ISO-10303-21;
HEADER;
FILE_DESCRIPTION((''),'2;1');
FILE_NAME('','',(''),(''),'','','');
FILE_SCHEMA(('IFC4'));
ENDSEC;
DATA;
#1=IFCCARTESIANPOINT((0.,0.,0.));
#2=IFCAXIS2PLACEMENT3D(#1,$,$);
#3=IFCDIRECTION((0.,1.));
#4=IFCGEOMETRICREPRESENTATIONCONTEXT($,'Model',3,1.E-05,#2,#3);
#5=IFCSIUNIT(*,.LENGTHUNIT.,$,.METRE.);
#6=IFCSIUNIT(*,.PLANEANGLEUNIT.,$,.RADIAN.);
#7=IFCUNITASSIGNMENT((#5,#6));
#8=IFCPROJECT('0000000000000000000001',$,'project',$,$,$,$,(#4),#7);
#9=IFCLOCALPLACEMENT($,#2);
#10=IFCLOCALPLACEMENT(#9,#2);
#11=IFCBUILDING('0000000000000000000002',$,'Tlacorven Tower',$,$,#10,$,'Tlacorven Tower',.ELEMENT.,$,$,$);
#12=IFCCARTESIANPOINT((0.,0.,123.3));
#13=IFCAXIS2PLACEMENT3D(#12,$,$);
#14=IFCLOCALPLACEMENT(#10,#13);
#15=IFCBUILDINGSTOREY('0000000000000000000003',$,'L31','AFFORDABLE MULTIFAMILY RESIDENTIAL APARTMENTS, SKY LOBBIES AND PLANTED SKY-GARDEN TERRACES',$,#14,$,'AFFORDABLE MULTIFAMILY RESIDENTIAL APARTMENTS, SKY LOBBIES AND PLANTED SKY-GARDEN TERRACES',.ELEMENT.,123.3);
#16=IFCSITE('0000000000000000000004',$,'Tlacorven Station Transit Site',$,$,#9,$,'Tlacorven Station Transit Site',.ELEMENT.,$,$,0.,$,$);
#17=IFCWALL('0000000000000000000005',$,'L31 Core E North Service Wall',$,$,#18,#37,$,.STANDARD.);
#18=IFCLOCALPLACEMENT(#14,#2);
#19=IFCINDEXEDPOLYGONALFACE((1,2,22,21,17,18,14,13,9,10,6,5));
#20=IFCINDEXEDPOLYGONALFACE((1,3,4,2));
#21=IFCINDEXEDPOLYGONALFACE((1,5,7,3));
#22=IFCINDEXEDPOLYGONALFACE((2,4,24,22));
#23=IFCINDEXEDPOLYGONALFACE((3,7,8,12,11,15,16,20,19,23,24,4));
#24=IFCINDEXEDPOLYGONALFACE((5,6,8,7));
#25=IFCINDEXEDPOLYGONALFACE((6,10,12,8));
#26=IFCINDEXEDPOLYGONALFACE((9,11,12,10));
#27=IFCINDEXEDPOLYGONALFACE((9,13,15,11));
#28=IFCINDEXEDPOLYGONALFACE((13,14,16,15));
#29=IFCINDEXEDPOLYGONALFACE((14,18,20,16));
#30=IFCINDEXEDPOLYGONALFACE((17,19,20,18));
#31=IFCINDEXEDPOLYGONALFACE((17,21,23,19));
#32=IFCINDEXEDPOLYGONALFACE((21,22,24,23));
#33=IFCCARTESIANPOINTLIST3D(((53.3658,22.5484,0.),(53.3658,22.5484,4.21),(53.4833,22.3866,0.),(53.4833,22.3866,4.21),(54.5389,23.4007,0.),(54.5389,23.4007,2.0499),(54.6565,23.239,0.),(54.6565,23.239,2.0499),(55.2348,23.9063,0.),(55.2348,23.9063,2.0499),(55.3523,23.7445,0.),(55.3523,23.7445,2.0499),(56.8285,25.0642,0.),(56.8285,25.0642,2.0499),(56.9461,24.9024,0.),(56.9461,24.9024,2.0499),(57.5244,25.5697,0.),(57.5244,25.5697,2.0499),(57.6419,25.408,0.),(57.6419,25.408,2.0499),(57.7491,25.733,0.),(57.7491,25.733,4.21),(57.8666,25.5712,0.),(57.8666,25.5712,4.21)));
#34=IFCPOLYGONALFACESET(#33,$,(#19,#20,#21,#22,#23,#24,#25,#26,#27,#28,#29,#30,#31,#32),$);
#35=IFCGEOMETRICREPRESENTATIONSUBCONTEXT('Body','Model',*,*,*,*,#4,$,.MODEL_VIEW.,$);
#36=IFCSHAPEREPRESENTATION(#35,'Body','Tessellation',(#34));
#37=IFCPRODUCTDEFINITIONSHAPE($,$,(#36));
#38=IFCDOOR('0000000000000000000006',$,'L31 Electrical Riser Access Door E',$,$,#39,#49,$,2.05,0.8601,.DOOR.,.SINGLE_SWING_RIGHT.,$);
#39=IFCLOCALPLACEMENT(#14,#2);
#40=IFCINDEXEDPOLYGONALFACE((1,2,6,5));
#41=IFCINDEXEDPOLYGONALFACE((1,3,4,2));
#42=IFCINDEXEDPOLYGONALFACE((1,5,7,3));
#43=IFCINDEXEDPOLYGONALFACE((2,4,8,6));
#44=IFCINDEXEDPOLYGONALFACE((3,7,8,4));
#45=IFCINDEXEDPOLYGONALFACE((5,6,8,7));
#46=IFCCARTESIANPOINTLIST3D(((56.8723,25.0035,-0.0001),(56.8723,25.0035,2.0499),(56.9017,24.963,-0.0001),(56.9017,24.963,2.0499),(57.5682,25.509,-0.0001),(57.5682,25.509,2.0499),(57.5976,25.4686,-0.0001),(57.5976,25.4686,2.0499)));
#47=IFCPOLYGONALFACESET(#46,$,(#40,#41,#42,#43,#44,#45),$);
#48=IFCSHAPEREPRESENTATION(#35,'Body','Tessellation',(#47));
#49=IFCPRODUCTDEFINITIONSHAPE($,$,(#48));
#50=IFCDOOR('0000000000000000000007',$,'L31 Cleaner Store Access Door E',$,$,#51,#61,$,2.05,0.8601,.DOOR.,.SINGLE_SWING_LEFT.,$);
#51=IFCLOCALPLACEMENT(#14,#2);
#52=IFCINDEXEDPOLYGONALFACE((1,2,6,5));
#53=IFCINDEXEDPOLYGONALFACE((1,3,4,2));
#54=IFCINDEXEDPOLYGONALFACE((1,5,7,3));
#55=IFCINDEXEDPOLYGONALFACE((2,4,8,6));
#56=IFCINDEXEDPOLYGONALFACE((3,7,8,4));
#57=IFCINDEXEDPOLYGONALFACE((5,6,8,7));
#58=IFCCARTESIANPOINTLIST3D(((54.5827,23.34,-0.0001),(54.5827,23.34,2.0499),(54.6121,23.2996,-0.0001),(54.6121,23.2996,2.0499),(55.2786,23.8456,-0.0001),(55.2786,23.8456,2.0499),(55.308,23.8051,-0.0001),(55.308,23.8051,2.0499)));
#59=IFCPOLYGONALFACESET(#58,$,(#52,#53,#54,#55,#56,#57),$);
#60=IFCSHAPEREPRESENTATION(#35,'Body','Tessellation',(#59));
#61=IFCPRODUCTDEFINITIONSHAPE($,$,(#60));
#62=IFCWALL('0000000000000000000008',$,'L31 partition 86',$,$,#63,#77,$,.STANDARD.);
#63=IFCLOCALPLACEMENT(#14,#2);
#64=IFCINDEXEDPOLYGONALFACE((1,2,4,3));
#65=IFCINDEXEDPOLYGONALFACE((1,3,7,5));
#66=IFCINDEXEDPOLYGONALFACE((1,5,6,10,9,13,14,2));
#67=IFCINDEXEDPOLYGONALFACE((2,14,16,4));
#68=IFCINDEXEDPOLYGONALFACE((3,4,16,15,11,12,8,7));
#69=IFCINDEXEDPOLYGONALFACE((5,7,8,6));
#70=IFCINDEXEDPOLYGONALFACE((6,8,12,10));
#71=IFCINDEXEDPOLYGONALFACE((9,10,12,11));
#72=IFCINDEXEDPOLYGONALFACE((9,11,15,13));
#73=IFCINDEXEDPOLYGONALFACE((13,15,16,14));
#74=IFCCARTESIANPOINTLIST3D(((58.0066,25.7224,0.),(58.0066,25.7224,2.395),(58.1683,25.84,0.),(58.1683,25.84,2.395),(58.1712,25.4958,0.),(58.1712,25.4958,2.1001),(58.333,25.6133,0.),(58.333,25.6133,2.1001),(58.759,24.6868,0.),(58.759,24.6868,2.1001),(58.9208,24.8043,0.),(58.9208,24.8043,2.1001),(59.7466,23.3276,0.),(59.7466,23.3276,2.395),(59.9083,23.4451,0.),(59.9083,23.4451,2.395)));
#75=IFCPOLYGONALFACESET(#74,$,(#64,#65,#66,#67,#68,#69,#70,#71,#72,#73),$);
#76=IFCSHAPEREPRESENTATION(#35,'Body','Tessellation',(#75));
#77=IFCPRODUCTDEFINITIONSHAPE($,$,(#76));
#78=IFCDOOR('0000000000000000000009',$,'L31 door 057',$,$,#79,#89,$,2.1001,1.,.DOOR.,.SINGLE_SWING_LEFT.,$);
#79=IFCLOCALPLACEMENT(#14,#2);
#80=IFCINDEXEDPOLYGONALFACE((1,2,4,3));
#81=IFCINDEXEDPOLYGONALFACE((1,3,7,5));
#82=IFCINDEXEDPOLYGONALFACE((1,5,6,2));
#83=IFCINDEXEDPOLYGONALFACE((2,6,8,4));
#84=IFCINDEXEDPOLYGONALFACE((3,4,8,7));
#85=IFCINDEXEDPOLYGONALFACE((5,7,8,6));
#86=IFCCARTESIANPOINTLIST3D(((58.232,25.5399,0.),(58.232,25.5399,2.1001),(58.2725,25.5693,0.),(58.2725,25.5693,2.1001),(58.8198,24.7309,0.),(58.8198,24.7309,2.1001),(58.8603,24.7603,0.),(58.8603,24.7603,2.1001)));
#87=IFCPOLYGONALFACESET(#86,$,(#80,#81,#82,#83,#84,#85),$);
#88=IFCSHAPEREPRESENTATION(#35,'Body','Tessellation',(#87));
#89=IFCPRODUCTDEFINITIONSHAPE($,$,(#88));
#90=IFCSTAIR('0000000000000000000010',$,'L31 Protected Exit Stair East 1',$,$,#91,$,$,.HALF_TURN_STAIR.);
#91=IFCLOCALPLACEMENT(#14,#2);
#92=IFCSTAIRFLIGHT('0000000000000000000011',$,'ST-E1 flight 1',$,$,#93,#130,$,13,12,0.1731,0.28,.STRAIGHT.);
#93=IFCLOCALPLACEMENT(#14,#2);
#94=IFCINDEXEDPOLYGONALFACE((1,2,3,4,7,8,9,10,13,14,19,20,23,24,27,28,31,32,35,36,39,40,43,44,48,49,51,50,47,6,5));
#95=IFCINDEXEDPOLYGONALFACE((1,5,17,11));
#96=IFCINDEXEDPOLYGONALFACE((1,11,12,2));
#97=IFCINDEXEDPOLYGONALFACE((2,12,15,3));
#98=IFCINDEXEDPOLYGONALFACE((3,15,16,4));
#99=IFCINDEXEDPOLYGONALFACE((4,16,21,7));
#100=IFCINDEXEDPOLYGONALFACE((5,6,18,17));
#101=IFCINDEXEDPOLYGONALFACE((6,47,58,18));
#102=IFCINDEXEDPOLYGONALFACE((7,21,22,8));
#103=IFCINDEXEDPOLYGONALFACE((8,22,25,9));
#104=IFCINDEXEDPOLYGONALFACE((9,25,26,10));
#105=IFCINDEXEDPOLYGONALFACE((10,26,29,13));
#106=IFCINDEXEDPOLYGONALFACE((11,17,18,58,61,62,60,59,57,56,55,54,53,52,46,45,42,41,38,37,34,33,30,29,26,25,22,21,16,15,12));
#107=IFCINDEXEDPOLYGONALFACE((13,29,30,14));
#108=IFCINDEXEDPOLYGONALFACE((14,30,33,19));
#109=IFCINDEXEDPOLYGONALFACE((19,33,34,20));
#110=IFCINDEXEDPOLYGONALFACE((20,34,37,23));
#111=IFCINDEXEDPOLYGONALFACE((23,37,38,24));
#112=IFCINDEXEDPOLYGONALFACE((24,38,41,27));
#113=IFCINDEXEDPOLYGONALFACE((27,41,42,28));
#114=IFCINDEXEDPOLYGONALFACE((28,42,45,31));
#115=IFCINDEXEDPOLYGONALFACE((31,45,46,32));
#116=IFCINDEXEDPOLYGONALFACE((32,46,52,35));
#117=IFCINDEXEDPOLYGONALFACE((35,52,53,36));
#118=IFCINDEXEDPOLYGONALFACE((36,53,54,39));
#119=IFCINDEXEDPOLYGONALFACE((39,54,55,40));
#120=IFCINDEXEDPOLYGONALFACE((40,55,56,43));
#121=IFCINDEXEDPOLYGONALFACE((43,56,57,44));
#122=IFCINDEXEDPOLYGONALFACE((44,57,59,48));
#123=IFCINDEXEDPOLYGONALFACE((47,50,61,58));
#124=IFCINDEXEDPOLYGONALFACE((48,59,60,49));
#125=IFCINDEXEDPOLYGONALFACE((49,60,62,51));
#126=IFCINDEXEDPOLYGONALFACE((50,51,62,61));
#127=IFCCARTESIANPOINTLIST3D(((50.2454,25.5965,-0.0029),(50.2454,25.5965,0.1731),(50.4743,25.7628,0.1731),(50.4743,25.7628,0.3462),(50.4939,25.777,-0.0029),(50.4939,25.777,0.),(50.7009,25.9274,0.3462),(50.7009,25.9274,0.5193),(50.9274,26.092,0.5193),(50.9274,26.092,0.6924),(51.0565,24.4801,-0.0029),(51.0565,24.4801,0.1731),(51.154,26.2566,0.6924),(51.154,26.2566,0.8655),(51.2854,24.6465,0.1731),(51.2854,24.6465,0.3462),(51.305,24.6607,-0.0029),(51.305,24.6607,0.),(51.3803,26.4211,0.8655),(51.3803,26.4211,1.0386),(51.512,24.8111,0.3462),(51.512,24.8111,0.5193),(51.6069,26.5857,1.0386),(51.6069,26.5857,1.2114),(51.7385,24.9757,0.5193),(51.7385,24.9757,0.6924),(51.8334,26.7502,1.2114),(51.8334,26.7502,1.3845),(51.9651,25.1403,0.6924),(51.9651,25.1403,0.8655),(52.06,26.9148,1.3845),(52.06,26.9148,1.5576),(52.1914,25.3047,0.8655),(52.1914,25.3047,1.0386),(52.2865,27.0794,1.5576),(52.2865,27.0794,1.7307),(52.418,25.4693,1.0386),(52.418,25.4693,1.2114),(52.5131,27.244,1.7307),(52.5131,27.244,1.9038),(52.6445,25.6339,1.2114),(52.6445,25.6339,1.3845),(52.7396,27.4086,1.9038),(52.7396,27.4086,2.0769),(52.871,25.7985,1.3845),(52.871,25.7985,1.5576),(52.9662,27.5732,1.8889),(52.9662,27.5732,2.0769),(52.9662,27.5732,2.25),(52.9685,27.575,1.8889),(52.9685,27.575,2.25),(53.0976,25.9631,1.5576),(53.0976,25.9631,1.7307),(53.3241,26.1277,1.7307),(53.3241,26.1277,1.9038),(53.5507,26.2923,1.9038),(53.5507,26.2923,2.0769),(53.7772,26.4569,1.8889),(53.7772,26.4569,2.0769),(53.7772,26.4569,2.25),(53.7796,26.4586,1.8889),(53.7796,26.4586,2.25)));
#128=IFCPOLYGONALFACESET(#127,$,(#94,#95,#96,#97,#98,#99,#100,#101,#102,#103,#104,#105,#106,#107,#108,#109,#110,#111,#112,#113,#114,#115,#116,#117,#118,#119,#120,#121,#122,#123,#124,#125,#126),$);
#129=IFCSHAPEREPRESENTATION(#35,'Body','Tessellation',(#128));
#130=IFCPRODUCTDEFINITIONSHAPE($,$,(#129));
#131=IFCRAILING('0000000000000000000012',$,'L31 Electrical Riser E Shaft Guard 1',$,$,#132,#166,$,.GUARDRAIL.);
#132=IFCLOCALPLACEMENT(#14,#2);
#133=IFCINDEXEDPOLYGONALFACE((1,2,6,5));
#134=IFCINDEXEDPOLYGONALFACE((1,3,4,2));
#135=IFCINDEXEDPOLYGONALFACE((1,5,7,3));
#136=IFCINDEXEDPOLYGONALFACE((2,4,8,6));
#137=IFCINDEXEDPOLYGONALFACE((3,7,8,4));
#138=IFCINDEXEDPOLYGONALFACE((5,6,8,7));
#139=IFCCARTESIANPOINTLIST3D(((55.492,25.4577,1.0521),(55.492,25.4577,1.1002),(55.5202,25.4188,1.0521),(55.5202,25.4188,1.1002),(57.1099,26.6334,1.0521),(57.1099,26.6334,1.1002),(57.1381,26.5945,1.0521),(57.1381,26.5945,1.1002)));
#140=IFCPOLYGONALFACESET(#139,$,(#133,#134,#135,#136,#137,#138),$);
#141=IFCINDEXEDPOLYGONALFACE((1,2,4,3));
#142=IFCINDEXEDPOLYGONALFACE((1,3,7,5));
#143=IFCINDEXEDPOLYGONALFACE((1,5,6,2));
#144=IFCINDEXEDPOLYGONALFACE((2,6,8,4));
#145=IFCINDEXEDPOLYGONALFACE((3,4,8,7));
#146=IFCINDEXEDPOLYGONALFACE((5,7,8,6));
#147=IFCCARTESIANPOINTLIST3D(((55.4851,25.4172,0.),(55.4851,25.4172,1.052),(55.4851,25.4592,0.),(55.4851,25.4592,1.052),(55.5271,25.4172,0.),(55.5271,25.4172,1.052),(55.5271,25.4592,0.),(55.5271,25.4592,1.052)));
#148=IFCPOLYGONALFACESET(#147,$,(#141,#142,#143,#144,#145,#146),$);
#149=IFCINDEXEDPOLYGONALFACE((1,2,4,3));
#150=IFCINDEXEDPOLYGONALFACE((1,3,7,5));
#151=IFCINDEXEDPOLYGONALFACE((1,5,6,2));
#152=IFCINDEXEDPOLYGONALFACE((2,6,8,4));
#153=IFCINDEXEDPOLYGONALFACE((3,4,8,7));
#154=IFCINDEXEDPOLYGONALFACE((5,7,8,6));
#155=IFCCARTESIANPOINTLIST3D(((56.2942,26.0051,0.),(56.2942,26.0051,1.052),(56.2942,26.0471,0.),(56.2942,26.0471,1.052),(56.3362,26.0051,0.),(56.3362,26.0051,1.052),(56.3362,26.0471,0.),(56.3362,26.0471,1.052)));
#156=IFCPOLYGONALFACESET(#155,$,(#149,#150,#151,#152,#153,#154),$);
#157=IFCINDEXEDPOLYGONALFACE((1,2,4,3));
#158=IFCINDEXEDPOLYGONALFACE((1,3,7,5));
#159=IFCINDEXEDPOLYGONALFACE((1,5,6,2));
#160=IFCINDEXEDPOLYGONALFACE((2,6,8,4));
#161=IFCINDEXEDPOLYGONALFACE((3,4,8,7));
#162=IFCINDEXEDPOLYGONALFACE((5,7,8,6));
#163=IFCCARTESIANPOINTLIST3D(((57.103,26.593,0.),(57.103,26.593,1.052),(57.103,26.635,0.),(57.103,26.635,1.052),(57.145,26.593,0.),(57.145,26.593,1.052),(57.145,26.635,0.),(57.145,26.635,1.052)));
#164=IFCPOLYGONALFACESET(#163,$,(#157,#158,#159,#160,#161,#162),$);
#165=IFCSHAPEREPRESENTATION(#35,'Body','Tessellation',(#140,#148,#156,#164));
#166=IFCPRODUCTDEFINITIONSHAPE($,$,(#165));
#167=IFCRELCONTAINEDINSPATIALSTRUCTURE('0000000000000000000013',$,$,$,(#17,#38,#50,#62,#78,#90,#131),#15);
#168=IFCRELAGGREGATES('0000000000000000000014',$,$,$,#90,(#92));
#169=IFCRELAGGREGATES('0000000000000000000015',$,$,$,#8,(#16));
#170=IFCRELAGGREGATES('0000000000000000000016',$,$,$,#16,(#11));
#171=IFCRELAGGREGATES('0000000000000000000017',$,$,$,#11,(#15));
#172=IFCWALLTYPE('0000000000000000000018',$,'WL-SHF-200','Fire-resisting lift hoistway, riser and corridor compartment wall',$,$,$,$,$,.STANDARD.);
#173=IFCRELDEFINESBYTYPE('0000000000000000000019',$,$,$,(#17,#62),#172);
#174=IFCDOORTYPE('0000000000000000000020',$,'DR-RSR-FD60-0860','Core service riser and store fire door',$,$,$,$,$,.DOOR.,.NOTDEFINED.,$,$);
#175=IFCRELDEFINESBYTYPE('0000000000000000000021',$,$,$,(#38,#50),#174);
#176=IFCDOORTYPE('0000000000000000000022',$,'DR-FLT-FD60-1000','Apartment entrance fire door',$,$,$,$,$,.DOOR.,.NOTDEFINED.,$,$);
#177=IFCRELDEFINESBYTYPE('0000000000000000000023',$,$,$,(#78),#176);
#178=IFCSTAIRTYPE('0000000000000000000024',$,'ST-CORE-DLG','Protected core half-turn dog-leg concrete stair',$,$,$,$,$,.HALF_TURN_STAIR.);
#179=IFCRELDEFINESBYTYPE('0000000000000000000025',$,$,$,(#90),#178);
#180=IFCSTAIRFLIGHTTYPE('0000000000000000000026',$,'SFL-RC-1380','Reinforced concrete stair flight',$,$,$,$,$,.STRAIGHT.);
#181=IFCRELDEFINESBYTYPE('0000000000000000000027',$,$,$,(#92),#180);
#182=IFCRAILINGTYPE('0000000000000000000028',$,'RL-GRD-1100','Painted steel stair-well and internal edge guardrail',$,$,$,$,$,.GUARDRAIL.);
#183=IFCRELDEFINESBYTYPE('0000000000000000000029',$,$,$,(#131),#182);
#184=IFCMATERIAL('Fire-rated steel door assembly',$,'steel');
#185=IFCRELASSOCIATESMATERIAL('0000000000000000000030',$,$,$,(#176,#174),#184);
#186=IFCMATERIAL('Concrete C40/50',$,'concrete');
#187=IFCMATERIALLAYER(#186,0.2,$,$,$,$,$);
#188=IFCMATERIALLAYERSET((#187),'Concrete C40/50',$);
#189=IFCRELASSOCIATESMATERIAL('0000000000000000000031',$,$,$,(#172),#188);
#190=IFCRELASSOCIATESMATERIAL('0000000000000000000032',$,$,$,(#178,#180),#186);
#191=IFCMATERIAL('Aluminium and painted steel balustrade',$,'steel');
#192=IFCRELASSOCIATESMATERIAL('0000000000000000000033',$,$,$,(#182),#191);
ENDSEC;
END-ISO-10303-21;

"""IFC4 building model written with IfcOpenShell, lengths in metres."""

from ifc_helpers import new_model, si_unit, direction, frame, frame_2d, origin, origin_2d, place, context, subcontext, project, spatial, polyline, rectangle, outline, extrude, source, transform, mapped, material, layer, layer_set, type_object, element, fill, aggregate, save


model = new_model("IFC4")

# Units and contexts
model_context = context("Model", 3, precision=1e-05, world=origin(), true_north=direction((0.0, 1.0)))
body_context = subcontext(model_context, "Body", "Model", "MODEL_VIEW")
ifc_project = project(units=[si_unit("LENGTHUNIT", "METRE"), si_unit("PLANEANGLEUNIT", "RADIAN")], contexts=[model_context])

# Site, building, storey
site_placement = place(None, origin())
site = spatial("IfcSite", under=ifc_project, at=site_placement, Name="Tlacorven Station Transit Site", LongName="Tlacorven Station Transit Site", CompositionType="ELEMENT", RefElevation=0.0)
building_placement = place(site_placement, origin())
building = spatial("IfcBuilding", under=site, at=building_placement, Name="Tlacorven Tower", LongName="Tlacorven Tower", CompositionType="ELEMENT")
storey_placement = place(building_placement, frame((0.0, 0.0, 123.3)))
storey = spatial("IfcBuildingStorey", under=building, at=storey_placement, Name="L31", Description="AFFORDABLE MULTIFAMILY RESIDENTIAL APARTMENTS, SKY LOBBIES AND PLANTED SKY-GARDEN TERRACES", LongName="AFFORDABLE MULTIFAMILY RESIDENTIAL APARTMENTS, SKY LOBBIES AND PLANTED SKY-GARDEN TERRACES", CompositionType="ELEMENT", Elevation=123.3)

# Shared definitions
ifc_material_1 = material(Name="Fire-rated steel door assembly", Category="steel")
door_type_1 = type_object("IfcDoorType", Name="DR-FLT-FD60-1000", Description="Apartment entrance fire door", OperationType="NOTDEFINED", PredefinedType="DOOR", material=ifc_material_1)
shared_shape_1 = source(origin(), body_context, "Body", "SweptSolid", [
    extrude(rectangle(XDim=1.0, YDim=2.1001, at=frame_2d((0.5, 1.05))), frame((0.0, 0.0249, 0.0), z_axis=(0.0, -1.0, 0.0), x_axis=(1.0, 0.0, 0.0)), (0.0, 0.0, 1.0), 0.05),
])

# Shared definitions
ifc_material_2 = material(Name="Concrete C40/50", Category="concrete")
ifc_layer_1 = layer(ifc_material_2, 0.2)
ifc_layer_set_1 = layer_set([ifc_layer_1], Name="Concrete C40/50")
wall_type_1 = type_object("IfcWallType", Name="WL-SHF-200", Description="Fire-resisting lift hoistway, riser and corridor compartment wall", PredefinedType="STANDARD", material=ifc_layer_set_1)

# Wall, openings, doors
wall_1_placement = place(storey_placement, frame((53.4246, 22.4675, 0.0), z_axis=(0.0, 0.0, 1.0), x_axis=(0.809024, 0.587775, 0.0)))
wall_1 = element("IfcWall", 1, at=wall_1_placement, inside=storey, type_object=wall_type_1, Name="L31 Core E North Service Wall", PredefinedType="STANDARD", context=body_context, shape_type="SweptSolid", body=[
    extrude(rectangle(XDim=5.418, YDim=0.2, at=frame_2d((2.709, 0.0))), origin(), (0.0, 0.0, 1.0), 4.21),
])
opening_1_placement = place(wall_1_placement, frame((4.28, 0.0, 0.0)))
opening_1 = element("IfcOpeningElement", 2, at=opening_1_placement, cuts=wall_1, PredefinedType="OPENING", context=body_context, shape_type="SweptSolid", body=[
    extrude(rectangle(XDim=0.8601, YDim=2.05, at=frame_2d((0.4302, 1.0249))), frame((0.0, 0.1099, 0.0), z_axis=(0.0, -1.0, 0.0), x_axis=(1.0, 0.0, 0.0)), (0.0, 0.0, 1.0), 0.22),
])
opening_2_placement = place(wall_1_placement, frame((1.45, 0.0, 0.0)))
opening_2 = element("IfcOpeningElement", 3, at=opening_2_placement, cuts=wall_1, PredefinedType="OPENING", context=body_context, shape_type="SweptSolid", body=[
    extrude(rectangle(XDim=0.8601, YDim=2.05, at=frame_2d((0.4302, 1.0249))), frame((0.0, 0.1099, 0.0), z_axis=(0.0, -1.0, 0.0), x_axis=(1.0, 0.0, 0.0)), (0.0, 0.0, 1.0), 0.22),
])
door_type_2 = type_object("IfcDoorType", Name="DR-RSR-FD60-0860", Description="Core service riser and store fire door", OperationType="NOTDEFINED", PredefinedType="DOOR", material=ifc_material_1)
shared_shape_2 = source(origin(), body_context, "Body", "SweptSolid", [
    extrude(rectangle(XDim=0.8601, YDim=2.05, at=frame_2d((0.4302, 1.0249))), frame((0.0, 0.0249, 0.0), z_axis=(0.0, -1.0, 0.0), x_axis=(1.0, 0.0, 0.0)), (0.0, 0.0, 1.0), 0.05),
])
door_1_placement = place(opening_1_placement, frame((0.8601, 0.0, 0.0), z_axis=(0.0, 0.0, 1.0), x_axis=(-1.0, 0.0, 0.0)))
door_1 = element("IfcDoor", 4, at=door_1_placement, inside=storey, type_object=door_type_2, Name="L31 Electrical Riser Access Door E", OperationType="SINGLE_SWING_RIGHT", OverallHeight=2.05, OverallWidth=0.8601, PredefinedType="DOOR", context=body_context, shape_type="MappedRepresentation", body=[
    mapped(shared_shape_2, transform((0.0, 0.0, 0.0), scale=1.0)),
])
fill(opening_1, door_1)
door_2_placement = place(opening_2_placement, frame((0.8601, 0.0, 0.0), z_axis=(0.0, 0.0, 1.0), x_axis=(-1.0, 0.0, 0.0)))
door_2 = element("IfcDoor", 5, at=door_2_placement, inside=storey, type_object=door_type_2, Name="L31 Cleaner Store Access Door E", OperationType="SINGLE_SWING_LEFT", OverallHeight=2.05, OverallWidth=0.8601, PredefinedType="DOOR", context=body_context, shape_type="MappedRepresentation", body=[
    mapped(shared_shape_2, transform((0.0, 0.0, 0.0), scale=1.0)),
])
fill(opening_2, door_2)

# Wall, opening, door
wall_2_placement = place(storey_placement, frame((59.8274, 23.3865, 0.0), z_axis=(0.0, 0.0, 1.0), x_axis=(-0.587804, 0.809003, 0.0)))
wall_2 = element("IfcWall", 6, at=wall_2_placement, inside=storey, type_object=wall_type_1, Name="L31 partition 86", PredefinedType="STANDARD", context=body_context, shape_type="SweptSolid", body=[
    extrude(rectangle(XDim=2.9602, YDim=0.2, at=frame_2d((1.48, 0.0))), origin(), (0.0, 0.0, 1.0), 2.395),
])
opening_3_placement = place(wall_2_placement, frame((1.6799, 0.0, 0.0)))
opening_3 = element("IfcOpeningElement", 7, at=opening_3_placement, cuts=wall_2, PredefinedType="OPENING", context=body_context, shape_type="SweptSolid", body=[
    extrude(rectangle(XDim=1.0, YDim=2.1001, at=frame_2d((0.5, 1.05))), frame((0.0, 0.1099, 0.0), z_axis=(0.0, -1.0, 0.0), x_axis=(1.0, 0.0, 0.0)), (0.0, 0.0, 1.0), 0.22),
])
door_3_placement = place(opening_3_placement, origin())
door_3 = element("IfcDoor", 8, at=door_3_placement, inside=storey, type_object=door_type_1, Name="L31 door 057", OperationType="SINGLE_SWING_LEFT", OverallHeight=2.1001, OverallWidth=1.0, PredefinedType="DOOR", context=body_context, shape_type="MappedRepresentation", body=[
    mapped(shared_shape_1, transform((0.0, 0.0, 0.0), scale=1.0)),
])
fill(opening_3, door_3)

# Stair, stair flight
stair_type = type_object("IfcStairType", Name="ST-CORE-DLG", Description="Protected core half-turn dog-leg concrete stair", PredefinedType="HALF_TURN_STAIR", material=ifc_material_2)
stair_placement = place(storey_placement, origin())
stair = element("IfcStair", 9, at=stair_placement, inside=storey, type_object=stair_type, Name="L31 Protected Exit Stair East 1", PredefinedType="HALF_TURN_STAIR")
stair_flight_type = type_object("IfcStairFlightType", Name="SFL-RC-1380", Description="Reinforced concrete stair flight", PredefinedType="STRAIGHT", material=ifc_material_2)
shared_shape_3 = source(origin(), body_context, "Body", "SweptSolid", [
    extrude(outline(polyline([(-0.0029, -0.0029), (-0.0029, 0.1731), (0.28, 0.1731), (0.28, 0.3462), (0.5601, 0.3462), (0.5601, 0.5193), (0.8401, 0.5193), (0.8401, 0.6924), (1.1201, 0.6924), (1.1201, 0.8655), (1.3999, 0.8655), (1.3999, 1.0386), (1.6799, 1.0386), (1.6799, 1.2114), (1.96, 1.2114), (1.96, 1.3845), (2.24, 1.3845), (2.24, 1.5576), (2.52, 1.5576), (2.52, 1.7307), (2.8, 1.7307), (2.8, 1.9038), (3.0801, 1.9038), (3.0801, 2.0769), (3.3601, 2.0769), (3.3601, 2.25), (3.363, 2.25), (3.363, 1.8889), (3.3601, 1.8889), (0.3042, 0.0), (0.3042, -0.0029), (-0.0029, -0.0029)])), frame((0.0, 0.6899, 0.0), z_axis=(0.0, -1.0, 0.0), x_axis=(1.0, 0.0, 0.0)), (0.0, 0.0, 1.0), 1.3799),
])
stair_flight_placement = place(storey_placement, frame((50.6533, 25.04, 0.0), z_axis=(0.0, 0.0, 1.0), x_axis=(0.809017, 0.587785, 0.0)))
stair_flight = element("IfcStairFlight", 10, at=stair_flight_placement, type_object=stair_flight_type, Name="ST-E1 flight 1", NumberOfRisers=13, NumberOfTreads=12, PredefinedType="STRAIGHT", RiserHeight=0.1731, TreadLength=0.28, context=body_context, shape_type="MappedRepresentation", body=[
    mapped(shared_shape_3, transform((0.0, 0.0, 0.0), scale=1.0)),
])
aggregate(stair, [stair_flight])

# Railing
ifc_material_3 = material(Name="Aluminium and painted steel balustrade", Category="steel")
railing_type_1 = type_object("IfcRailingType", Name="RL-GRD-1100", Description="Painted steel stair-well and internal edge guardrail", PredefinedType="GUARDRAIL", material=ifc_material_3)
shared_shape_4 = source(origin(), body_context, "Body", "SweptSolid", [
    extrude(rectangle(XDim=0.0481, YDim=0.0481, at=origin_2d()), frame((0.0, 0.0, 1.0762), z_axis=(0.808947, 0.587881, 0.0), x_axis=(-0.587881, 0.808947, 0.0)), (0.0, 0.0, 1.0), 2.0),
    extrude(rectangle(XDim=0.042, YDim=0.042, at=origin_2d()), origin(), (0.0, 0.0, 1.0), 1.052),
    extrude(rectangle(XDim=0.042, YDim=0.042, at=origin_2d()), frame((0.8091, 0.5879, 0.0)), (0.0, 0.0, 1.0), 1.052),
    extrude(rectangle(XDim=0.042, YDim=0.042, at=origin_2d()), frame((1.6179, 1.1758, 0.0)), (0.0, 0.0, 1.0), 1.052),
])
railing_1_placement = place(storey_placement, frame((55.5061, 25.4382, 0.0)))
element("IfcRailing", 11, at=railing_1_placement, inside=storey, type_object=railing_type_1, Name="L31 Electrical Riser E Shaft Guard 1", PredefinedType="GUARDRAIL", context=body_context, shape_type="MappedRepresentation", body=[
    mapped(shared_shape_4, transform((0.0, 0.0, 0.0), scale=1.0)),
])

save(model, "model.ifc")
